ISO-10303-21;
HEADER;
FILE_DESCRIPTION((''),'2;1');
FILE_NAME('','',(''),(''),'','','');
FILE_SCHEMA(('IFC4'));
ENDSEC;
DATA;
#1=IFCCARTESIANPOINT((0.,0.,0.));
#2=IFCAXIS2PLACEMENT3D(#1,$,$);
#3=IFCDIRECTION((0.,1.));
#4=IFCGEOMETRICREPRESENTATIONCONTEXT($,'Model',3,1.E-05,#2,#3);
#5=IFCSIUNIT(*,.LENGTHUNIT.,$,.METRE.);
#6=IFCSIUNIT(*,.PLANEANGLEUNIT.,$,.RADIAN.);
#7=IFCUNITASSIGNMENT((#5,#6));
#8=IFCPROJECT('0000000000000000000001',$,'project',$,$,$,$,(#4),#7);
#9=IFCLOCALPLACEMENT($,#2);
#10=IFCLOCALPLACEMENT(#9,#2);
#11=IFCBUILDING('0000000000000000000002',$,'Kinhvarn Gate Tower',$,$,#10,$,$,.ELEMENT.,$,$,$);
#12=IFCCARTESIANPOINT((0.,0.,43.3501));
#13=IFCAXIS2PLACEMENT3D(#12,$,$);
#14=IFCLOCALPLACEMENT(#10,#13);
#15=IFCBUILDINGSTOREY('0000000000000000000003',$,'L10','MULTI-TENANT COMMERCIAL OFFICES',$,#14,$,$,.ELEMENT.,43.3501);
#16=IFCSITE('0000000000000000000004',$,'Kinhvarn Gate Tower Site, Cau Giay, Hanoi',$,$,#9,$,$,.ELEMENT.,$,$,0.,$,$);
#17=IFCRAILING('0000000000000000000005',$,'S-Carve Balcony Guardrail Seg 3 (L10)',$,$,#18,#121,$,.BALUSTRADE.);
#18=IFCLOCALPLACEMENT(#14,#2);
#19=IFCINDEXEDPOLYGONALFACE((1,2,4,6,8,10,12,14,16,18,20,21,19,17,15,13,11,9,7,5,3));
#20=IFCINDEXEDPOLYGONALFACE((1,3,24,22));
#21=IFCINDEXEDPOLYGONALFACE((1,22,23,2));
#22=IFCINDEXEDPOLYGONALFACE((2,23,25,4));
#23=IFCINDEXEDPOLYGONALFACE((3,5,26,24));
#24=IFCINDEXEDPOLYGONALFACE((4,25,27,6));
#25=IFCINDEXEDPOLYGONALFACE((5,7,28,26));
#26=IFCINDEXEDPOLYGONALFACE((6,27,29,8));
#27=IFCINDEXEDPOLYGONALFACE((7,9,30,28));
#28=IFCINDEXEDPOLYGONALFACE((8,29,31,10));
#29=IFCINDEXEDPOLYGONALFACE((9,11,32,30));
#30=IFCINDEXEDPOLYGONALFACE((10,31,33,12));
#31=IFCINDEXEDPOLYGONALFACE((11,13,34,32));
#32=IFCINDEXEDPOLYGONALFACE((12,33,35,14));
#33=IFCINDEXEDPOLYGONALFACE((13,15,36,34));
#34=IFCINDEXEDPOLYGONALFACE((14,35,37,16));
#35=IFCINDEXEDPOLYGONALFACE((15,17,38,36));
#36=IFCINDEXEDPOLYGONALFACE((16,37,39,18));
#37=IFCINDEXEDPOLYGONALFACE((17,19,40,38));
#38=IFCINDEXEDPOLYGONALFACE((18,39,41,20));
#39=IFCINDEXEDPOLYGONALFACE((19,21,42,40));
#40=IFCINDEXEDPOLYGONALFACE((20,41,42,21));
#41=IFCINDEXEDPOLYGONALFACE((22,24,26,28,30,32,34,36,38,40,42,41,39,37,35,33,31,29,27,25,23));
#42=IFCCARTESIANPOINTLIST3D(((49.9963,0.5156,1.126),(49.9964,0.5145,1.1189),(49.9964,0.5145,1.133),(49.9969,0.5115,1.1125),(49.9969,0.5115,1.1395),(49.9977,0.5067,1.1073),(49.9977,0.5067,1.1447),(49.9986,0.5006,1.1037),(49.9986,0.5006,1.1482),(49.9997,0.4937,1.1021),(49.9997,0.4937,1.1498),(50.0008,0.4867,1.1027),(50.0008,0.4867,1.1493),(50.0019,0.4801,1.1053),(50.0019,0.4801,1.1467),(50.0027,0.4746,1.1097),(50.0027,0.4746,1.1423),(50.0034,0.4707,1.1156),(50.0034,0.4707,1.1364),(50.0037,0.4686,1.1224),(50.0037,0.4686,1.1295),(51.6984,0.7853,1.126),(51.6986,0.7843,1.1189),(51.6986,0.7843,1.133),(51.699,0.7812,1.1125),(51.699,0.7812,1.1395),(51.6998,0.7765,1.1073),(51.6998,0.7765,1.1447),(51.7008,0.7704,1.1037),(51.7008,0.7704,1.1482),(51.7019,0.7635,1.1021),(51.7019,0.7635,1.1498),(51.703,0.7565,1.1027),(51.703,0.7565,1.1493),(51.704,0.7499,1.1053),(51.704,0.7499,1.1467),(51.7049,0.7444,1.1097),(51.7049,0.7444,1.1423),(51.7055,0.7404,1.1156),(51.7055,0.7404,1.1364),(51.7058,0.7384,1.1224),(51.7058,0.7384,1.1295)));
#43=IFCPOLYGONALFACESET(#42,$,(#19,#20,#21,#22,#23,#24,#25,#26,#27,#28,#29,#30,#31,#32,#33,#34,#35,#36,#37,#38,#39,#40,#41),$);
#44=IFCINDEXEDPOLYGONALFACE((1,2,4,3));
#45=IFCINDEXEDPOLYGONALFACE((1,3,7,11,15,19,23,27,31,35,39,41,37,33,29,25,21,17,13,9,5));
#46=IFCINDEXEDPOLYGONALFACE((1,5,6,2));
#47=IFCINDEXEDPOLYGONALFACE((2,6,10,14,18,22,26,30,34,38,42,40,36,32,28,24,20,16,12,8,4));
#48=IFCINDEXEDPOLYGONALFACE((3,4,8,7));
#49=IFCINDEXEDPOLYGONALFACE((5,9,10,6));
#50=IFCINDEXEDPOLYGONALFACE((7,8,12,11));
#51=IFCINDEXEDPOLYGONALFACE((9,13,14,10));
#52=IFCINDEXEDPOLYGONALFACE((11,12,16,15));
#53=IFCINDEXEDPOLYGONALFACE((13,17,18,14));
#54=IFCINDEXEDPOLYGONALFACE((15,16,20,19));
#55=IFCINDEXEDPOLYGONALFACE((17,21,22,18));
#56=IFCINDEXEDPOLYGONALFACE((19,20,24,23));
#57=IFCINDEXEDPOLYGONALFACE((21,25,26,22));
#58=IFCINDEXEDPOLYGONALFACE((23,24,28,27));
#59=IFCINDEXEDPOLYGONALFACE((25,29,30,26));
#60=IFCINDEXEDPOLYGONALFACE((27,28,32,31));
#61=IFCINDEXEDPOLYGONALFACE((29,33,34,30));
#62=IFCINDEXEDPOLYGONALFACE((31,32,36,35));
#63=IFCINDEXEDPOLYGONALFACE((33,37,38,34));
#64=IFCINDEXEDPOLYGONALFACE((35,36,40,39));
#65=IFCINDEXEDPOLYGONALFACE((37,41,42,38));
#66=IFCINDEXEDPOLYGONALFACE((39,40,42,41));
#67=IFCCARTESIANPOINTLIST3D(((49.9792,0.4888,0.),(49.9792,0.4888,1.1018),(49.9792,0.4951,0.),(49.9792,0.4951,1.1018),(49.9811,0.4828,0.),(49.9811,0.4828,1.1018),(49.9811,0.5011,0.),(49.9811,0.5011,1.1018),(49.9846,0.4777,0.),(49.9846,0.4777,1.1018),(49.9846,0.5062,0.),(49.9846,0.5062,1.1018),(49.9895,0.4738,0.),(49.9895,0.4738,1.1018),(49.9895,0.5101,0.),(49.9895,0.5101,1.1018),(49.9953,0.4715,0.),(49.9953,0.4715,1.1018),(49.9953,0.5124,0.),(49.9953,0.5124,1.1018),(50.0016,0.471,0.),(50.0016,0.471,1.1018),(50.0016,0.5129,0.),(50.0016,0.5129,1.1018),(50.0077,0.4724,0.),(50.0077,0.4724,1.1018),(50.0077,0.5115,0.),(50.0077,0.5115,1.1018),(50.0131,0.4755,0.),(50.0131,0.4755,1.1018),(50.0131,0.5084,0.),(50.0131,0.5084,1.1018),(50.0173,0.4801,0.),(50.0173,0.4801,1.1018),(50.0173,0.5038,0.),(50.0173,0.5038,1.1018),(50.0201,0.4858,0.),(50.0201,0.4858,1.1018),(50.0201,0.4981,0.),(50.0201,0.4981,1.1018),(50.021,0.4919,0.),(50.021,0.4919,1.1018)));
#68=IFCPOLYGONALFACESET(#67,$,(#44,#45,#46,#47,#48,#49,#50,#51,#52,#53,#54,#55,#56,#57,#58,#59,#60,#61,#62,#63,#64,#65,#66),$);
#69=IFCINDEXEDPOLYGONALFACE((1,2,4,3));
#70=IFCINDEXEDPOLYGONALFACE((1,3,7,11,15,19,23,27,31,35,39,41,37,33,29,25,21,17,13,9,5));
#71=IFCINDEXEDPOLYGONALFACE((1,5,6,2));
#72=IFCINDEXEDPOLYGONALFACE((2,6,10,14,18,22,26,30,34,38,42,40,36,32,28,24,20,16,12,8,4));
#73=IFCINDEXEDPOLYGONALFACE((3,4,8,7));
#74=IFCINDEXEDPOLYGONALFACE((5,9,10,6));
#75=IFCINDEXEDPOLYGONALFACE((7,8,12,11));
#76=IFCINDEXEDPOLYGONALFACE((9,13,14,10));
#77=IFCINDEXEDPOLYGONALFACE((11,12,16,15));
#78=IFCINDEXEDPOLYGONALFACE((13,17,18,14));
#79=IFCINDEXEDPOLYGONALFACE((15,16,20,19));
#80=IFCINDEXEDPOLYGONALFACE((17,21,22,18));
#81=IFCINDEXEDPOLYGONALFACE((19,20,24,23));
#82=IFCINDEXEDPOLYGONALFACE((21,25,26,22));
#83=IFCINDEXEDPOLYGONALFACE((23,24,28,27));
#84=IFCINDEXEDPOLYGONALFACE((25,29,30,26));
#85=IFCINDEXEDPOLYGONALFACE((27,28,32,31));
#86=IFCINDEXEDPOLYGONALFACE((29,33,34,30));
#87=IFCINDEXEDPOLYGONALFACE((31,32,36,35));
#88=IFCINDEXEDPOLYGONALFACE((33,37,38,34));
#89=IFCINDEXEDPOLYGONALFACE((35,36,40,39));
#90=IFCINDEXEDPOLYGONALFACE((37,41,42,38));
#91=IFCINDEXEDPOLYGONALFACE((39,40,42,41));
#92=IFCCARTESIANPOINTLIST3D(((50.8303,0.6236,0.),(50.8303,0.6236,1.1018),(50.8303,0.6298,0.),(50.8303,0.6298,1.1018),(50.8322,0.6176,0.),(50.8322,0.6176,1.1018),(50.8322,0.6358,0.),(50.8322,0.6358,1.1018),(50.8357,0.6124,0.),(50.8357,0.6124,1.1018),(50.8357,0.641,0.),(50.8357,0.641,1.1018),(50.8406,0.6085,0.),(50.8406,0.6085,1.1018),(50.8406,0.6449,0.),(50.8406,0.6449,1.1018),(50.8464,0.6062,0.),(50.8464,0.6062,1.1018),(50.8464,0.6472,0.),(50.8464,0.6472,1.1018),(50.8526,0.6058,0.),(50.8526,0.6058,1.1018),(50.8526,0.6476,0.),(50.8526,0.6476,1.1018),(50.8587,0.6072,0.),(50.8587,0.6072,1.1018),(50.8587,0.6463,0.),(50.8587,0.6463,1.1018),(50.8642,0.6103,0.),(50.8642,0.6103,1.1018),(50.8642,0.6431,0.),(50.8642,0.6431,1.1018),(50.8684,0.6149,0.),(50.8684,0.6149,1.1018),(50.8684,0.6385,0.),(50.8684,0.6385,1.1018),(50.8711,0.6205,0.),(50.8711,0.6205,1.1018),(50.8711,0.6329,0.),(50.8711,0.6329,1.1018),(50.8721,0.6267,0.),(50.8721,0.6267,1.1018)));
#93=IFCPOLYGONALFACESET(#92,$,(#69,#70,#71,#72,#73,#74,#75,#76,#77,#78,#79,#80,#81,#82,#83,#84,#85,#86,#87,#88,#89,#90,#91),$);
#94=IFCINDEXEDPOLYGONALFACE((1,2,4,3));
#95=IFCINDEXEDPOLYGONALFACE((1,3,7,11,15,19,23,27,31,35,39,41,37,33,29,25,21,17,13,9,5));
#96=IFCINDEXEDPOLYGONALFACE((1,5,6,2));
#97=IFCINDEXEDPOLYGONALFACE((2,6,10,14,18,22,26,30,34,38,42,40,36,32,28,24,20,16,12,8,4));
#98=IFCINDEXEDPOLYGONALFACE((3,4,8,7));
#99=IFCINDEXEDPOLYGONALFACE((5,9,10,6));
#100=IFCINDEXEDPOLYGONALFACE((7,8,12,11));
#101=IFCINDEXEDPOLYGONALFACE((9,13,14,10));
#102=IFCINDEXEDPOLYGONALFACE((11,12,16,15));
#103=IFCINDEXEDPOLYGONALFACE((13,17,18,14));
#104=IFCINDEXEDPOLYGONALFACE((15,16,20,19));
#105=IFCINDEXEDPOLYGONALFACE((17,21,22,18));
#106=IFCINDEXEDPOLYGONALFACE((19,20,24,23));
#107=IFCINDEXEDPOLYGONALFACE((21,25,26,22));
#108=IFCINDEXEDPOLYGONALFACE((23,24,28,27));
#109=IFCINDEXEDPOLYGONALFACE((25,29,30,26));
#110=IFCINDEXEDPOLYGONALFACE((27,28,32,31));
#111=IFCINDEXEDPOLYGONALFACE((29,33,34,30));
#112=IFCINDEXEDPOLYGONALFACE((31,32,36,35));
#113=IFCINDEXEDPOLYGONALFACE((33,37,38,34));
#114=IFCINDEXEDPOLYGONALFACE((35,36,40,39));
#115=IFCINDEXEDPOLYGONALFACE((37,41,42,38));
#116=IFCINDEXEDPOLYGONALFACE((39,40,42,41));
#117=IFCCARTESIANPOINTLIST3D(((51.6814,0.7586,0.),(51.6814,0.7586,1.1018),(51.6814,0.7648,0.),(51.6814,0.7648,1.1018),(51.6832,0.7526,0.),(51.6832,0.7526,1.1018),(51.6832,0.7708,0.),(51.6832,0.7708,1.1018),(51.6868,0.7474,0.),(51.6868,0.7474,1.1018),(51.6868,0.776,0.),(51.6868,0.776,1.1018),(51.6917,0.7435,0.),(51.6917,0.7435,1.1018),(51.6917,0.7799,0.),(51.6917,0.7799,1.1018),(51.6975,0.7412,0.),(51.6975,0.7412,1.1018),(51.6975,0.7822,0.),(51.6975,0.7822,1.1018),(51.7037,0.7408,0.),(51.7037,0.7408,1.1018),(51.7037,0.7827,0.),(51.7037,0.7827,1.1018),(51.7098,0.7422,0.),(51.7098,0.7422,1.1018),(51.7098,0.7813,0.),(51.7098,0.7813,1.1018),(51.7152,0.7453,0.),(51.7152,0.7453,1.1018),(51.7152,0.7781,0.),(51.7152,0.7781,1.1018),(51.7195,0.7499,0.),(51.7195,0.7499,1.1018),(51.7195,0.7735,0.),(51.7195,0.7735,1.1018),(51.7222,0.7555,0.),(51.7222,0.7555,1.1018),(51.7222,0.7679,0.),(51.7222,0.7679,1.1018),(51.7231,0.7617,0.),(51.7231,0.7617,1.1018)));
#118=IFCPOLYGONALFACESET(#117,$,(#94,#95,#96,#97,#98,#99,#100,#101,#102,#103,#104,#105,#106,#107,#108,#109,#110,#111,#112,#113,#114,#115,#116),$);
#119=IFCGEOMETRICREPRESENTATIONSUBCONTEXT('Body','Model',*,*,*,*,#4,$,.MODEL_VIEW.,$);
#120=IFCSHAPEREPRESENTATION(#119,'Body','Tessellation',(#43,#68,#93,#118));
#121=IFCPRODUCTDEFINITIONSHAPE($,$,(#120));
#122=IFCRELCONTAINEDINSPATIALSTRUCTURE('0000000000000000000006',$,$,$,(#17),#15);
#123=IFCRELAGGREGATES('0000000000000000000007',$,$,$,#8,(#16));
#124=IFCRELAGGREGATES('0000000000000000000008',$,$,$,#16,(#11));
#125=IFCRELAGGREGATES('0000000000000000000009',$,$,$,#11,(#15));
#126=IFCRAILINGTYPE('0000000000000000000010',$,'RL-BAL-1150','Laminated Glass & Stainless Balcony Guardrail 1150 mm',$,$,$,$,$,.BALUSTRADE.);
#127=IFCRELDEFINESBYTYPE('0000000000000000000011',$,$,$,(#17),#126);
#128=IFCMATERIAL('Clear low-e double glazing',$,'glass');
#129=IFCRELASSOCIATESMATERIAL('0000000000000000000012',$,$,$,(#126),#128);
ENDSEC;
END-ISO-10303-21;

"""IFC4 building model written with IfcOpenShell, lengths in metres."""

from ifc_helpers import new_model, si_unit, direction, frame, origin, origin_2d, place, context, subcontext, project, spatial, circle, extrude, material, type_object, element, save


model = new_model("IFC4")

# Units and contexts
model_context = context("Model", 3, precision=1e-05, world=origin(), true_north=direction((0.0, 1.0)))
body_context = subcontext(model_context, "Body", "Model", "MODEL_VIEW")
ifc_project = project(units=[si_unit("LENGTHUNIT", "METRE"), si_unit("PLANEANGLEUNIT", "RADIAN")], contexts=[model_context])

# Site, building, storey
site_placement = place(None, origin())
site = spatial("IfcSite", under=ifc_project, at=site_placement, Name="Kinhvarn Gate Tower Site, Cau Giay, Hanoi", CompositionType="ELEMENT", RefElevation=0.0)
building_placement = place(site_placement, origin())
building = spatial("IfcBuilding", under=site, at=building_placement, Name="Kinhvarn Gate Tower", CompositionType="ELEMENT")
storey_placement = place(building_placement, frame((0.0, 0.0, 43.3501)))
storey = spatial("IfcBuildingStorey", under=building, at=storey_placement, Name="L10", Description="MULTI-TENANT COMMERCIAL OFFICES", CompositionType="ELEMENT", Elevation=43.3501)

# Shared definitions
ifc_material_1 = material(Name="Clear low-e double glazing", Category="glass")

# Railing
railing_type = type_object("IfcRailingType", Name="RL-BAL-1150", Description="Laminated Glass & Stainless Balcony Guardrail 1150 mm", PredefinedType="BALUSTRADE", material=ifc_material_1)
railing_1_placement = place(storey_placement, frame((50.0, 0.4919, 0.0)))
element("IfcRailing", 1, at=railing_1_placement, inside=storey, type_object=railing_type, Name="S-Carve Balcony Guardrail Seg 3 (L10)", PredefinedType="BALUSTRADE", context=body_context, shape_type="SweptSolid", body=[
    extrude(circle(Radius=0.0239, at=origin_2d()), frame((0.0, 0.0, 1.126), z_axis=(0.987672, 0.156537, 0.0), x_axis=(-0.156537, 0.987672, 0.0)), (0.0, 0.0, 1.0), 1.7234),
    extrude(circle(Radius=0.021, at=origin_2d()), origin(), (0.0, 0.0, 1.0), 1.1018),
    extrude(circle(Radius=0.021, at=origin_2d()), frame((0.8511, 0.1348, 0.0)), (0.0, 0.0, 1.0), 1.1018),
    extrude(circle(Radius=0.021, at=origin_2d()), frame((1.7021, 0.2698, 0.0)), (0.0, 0.0, 1.0), 1.1018),
])

save(model, "model.ifc")
